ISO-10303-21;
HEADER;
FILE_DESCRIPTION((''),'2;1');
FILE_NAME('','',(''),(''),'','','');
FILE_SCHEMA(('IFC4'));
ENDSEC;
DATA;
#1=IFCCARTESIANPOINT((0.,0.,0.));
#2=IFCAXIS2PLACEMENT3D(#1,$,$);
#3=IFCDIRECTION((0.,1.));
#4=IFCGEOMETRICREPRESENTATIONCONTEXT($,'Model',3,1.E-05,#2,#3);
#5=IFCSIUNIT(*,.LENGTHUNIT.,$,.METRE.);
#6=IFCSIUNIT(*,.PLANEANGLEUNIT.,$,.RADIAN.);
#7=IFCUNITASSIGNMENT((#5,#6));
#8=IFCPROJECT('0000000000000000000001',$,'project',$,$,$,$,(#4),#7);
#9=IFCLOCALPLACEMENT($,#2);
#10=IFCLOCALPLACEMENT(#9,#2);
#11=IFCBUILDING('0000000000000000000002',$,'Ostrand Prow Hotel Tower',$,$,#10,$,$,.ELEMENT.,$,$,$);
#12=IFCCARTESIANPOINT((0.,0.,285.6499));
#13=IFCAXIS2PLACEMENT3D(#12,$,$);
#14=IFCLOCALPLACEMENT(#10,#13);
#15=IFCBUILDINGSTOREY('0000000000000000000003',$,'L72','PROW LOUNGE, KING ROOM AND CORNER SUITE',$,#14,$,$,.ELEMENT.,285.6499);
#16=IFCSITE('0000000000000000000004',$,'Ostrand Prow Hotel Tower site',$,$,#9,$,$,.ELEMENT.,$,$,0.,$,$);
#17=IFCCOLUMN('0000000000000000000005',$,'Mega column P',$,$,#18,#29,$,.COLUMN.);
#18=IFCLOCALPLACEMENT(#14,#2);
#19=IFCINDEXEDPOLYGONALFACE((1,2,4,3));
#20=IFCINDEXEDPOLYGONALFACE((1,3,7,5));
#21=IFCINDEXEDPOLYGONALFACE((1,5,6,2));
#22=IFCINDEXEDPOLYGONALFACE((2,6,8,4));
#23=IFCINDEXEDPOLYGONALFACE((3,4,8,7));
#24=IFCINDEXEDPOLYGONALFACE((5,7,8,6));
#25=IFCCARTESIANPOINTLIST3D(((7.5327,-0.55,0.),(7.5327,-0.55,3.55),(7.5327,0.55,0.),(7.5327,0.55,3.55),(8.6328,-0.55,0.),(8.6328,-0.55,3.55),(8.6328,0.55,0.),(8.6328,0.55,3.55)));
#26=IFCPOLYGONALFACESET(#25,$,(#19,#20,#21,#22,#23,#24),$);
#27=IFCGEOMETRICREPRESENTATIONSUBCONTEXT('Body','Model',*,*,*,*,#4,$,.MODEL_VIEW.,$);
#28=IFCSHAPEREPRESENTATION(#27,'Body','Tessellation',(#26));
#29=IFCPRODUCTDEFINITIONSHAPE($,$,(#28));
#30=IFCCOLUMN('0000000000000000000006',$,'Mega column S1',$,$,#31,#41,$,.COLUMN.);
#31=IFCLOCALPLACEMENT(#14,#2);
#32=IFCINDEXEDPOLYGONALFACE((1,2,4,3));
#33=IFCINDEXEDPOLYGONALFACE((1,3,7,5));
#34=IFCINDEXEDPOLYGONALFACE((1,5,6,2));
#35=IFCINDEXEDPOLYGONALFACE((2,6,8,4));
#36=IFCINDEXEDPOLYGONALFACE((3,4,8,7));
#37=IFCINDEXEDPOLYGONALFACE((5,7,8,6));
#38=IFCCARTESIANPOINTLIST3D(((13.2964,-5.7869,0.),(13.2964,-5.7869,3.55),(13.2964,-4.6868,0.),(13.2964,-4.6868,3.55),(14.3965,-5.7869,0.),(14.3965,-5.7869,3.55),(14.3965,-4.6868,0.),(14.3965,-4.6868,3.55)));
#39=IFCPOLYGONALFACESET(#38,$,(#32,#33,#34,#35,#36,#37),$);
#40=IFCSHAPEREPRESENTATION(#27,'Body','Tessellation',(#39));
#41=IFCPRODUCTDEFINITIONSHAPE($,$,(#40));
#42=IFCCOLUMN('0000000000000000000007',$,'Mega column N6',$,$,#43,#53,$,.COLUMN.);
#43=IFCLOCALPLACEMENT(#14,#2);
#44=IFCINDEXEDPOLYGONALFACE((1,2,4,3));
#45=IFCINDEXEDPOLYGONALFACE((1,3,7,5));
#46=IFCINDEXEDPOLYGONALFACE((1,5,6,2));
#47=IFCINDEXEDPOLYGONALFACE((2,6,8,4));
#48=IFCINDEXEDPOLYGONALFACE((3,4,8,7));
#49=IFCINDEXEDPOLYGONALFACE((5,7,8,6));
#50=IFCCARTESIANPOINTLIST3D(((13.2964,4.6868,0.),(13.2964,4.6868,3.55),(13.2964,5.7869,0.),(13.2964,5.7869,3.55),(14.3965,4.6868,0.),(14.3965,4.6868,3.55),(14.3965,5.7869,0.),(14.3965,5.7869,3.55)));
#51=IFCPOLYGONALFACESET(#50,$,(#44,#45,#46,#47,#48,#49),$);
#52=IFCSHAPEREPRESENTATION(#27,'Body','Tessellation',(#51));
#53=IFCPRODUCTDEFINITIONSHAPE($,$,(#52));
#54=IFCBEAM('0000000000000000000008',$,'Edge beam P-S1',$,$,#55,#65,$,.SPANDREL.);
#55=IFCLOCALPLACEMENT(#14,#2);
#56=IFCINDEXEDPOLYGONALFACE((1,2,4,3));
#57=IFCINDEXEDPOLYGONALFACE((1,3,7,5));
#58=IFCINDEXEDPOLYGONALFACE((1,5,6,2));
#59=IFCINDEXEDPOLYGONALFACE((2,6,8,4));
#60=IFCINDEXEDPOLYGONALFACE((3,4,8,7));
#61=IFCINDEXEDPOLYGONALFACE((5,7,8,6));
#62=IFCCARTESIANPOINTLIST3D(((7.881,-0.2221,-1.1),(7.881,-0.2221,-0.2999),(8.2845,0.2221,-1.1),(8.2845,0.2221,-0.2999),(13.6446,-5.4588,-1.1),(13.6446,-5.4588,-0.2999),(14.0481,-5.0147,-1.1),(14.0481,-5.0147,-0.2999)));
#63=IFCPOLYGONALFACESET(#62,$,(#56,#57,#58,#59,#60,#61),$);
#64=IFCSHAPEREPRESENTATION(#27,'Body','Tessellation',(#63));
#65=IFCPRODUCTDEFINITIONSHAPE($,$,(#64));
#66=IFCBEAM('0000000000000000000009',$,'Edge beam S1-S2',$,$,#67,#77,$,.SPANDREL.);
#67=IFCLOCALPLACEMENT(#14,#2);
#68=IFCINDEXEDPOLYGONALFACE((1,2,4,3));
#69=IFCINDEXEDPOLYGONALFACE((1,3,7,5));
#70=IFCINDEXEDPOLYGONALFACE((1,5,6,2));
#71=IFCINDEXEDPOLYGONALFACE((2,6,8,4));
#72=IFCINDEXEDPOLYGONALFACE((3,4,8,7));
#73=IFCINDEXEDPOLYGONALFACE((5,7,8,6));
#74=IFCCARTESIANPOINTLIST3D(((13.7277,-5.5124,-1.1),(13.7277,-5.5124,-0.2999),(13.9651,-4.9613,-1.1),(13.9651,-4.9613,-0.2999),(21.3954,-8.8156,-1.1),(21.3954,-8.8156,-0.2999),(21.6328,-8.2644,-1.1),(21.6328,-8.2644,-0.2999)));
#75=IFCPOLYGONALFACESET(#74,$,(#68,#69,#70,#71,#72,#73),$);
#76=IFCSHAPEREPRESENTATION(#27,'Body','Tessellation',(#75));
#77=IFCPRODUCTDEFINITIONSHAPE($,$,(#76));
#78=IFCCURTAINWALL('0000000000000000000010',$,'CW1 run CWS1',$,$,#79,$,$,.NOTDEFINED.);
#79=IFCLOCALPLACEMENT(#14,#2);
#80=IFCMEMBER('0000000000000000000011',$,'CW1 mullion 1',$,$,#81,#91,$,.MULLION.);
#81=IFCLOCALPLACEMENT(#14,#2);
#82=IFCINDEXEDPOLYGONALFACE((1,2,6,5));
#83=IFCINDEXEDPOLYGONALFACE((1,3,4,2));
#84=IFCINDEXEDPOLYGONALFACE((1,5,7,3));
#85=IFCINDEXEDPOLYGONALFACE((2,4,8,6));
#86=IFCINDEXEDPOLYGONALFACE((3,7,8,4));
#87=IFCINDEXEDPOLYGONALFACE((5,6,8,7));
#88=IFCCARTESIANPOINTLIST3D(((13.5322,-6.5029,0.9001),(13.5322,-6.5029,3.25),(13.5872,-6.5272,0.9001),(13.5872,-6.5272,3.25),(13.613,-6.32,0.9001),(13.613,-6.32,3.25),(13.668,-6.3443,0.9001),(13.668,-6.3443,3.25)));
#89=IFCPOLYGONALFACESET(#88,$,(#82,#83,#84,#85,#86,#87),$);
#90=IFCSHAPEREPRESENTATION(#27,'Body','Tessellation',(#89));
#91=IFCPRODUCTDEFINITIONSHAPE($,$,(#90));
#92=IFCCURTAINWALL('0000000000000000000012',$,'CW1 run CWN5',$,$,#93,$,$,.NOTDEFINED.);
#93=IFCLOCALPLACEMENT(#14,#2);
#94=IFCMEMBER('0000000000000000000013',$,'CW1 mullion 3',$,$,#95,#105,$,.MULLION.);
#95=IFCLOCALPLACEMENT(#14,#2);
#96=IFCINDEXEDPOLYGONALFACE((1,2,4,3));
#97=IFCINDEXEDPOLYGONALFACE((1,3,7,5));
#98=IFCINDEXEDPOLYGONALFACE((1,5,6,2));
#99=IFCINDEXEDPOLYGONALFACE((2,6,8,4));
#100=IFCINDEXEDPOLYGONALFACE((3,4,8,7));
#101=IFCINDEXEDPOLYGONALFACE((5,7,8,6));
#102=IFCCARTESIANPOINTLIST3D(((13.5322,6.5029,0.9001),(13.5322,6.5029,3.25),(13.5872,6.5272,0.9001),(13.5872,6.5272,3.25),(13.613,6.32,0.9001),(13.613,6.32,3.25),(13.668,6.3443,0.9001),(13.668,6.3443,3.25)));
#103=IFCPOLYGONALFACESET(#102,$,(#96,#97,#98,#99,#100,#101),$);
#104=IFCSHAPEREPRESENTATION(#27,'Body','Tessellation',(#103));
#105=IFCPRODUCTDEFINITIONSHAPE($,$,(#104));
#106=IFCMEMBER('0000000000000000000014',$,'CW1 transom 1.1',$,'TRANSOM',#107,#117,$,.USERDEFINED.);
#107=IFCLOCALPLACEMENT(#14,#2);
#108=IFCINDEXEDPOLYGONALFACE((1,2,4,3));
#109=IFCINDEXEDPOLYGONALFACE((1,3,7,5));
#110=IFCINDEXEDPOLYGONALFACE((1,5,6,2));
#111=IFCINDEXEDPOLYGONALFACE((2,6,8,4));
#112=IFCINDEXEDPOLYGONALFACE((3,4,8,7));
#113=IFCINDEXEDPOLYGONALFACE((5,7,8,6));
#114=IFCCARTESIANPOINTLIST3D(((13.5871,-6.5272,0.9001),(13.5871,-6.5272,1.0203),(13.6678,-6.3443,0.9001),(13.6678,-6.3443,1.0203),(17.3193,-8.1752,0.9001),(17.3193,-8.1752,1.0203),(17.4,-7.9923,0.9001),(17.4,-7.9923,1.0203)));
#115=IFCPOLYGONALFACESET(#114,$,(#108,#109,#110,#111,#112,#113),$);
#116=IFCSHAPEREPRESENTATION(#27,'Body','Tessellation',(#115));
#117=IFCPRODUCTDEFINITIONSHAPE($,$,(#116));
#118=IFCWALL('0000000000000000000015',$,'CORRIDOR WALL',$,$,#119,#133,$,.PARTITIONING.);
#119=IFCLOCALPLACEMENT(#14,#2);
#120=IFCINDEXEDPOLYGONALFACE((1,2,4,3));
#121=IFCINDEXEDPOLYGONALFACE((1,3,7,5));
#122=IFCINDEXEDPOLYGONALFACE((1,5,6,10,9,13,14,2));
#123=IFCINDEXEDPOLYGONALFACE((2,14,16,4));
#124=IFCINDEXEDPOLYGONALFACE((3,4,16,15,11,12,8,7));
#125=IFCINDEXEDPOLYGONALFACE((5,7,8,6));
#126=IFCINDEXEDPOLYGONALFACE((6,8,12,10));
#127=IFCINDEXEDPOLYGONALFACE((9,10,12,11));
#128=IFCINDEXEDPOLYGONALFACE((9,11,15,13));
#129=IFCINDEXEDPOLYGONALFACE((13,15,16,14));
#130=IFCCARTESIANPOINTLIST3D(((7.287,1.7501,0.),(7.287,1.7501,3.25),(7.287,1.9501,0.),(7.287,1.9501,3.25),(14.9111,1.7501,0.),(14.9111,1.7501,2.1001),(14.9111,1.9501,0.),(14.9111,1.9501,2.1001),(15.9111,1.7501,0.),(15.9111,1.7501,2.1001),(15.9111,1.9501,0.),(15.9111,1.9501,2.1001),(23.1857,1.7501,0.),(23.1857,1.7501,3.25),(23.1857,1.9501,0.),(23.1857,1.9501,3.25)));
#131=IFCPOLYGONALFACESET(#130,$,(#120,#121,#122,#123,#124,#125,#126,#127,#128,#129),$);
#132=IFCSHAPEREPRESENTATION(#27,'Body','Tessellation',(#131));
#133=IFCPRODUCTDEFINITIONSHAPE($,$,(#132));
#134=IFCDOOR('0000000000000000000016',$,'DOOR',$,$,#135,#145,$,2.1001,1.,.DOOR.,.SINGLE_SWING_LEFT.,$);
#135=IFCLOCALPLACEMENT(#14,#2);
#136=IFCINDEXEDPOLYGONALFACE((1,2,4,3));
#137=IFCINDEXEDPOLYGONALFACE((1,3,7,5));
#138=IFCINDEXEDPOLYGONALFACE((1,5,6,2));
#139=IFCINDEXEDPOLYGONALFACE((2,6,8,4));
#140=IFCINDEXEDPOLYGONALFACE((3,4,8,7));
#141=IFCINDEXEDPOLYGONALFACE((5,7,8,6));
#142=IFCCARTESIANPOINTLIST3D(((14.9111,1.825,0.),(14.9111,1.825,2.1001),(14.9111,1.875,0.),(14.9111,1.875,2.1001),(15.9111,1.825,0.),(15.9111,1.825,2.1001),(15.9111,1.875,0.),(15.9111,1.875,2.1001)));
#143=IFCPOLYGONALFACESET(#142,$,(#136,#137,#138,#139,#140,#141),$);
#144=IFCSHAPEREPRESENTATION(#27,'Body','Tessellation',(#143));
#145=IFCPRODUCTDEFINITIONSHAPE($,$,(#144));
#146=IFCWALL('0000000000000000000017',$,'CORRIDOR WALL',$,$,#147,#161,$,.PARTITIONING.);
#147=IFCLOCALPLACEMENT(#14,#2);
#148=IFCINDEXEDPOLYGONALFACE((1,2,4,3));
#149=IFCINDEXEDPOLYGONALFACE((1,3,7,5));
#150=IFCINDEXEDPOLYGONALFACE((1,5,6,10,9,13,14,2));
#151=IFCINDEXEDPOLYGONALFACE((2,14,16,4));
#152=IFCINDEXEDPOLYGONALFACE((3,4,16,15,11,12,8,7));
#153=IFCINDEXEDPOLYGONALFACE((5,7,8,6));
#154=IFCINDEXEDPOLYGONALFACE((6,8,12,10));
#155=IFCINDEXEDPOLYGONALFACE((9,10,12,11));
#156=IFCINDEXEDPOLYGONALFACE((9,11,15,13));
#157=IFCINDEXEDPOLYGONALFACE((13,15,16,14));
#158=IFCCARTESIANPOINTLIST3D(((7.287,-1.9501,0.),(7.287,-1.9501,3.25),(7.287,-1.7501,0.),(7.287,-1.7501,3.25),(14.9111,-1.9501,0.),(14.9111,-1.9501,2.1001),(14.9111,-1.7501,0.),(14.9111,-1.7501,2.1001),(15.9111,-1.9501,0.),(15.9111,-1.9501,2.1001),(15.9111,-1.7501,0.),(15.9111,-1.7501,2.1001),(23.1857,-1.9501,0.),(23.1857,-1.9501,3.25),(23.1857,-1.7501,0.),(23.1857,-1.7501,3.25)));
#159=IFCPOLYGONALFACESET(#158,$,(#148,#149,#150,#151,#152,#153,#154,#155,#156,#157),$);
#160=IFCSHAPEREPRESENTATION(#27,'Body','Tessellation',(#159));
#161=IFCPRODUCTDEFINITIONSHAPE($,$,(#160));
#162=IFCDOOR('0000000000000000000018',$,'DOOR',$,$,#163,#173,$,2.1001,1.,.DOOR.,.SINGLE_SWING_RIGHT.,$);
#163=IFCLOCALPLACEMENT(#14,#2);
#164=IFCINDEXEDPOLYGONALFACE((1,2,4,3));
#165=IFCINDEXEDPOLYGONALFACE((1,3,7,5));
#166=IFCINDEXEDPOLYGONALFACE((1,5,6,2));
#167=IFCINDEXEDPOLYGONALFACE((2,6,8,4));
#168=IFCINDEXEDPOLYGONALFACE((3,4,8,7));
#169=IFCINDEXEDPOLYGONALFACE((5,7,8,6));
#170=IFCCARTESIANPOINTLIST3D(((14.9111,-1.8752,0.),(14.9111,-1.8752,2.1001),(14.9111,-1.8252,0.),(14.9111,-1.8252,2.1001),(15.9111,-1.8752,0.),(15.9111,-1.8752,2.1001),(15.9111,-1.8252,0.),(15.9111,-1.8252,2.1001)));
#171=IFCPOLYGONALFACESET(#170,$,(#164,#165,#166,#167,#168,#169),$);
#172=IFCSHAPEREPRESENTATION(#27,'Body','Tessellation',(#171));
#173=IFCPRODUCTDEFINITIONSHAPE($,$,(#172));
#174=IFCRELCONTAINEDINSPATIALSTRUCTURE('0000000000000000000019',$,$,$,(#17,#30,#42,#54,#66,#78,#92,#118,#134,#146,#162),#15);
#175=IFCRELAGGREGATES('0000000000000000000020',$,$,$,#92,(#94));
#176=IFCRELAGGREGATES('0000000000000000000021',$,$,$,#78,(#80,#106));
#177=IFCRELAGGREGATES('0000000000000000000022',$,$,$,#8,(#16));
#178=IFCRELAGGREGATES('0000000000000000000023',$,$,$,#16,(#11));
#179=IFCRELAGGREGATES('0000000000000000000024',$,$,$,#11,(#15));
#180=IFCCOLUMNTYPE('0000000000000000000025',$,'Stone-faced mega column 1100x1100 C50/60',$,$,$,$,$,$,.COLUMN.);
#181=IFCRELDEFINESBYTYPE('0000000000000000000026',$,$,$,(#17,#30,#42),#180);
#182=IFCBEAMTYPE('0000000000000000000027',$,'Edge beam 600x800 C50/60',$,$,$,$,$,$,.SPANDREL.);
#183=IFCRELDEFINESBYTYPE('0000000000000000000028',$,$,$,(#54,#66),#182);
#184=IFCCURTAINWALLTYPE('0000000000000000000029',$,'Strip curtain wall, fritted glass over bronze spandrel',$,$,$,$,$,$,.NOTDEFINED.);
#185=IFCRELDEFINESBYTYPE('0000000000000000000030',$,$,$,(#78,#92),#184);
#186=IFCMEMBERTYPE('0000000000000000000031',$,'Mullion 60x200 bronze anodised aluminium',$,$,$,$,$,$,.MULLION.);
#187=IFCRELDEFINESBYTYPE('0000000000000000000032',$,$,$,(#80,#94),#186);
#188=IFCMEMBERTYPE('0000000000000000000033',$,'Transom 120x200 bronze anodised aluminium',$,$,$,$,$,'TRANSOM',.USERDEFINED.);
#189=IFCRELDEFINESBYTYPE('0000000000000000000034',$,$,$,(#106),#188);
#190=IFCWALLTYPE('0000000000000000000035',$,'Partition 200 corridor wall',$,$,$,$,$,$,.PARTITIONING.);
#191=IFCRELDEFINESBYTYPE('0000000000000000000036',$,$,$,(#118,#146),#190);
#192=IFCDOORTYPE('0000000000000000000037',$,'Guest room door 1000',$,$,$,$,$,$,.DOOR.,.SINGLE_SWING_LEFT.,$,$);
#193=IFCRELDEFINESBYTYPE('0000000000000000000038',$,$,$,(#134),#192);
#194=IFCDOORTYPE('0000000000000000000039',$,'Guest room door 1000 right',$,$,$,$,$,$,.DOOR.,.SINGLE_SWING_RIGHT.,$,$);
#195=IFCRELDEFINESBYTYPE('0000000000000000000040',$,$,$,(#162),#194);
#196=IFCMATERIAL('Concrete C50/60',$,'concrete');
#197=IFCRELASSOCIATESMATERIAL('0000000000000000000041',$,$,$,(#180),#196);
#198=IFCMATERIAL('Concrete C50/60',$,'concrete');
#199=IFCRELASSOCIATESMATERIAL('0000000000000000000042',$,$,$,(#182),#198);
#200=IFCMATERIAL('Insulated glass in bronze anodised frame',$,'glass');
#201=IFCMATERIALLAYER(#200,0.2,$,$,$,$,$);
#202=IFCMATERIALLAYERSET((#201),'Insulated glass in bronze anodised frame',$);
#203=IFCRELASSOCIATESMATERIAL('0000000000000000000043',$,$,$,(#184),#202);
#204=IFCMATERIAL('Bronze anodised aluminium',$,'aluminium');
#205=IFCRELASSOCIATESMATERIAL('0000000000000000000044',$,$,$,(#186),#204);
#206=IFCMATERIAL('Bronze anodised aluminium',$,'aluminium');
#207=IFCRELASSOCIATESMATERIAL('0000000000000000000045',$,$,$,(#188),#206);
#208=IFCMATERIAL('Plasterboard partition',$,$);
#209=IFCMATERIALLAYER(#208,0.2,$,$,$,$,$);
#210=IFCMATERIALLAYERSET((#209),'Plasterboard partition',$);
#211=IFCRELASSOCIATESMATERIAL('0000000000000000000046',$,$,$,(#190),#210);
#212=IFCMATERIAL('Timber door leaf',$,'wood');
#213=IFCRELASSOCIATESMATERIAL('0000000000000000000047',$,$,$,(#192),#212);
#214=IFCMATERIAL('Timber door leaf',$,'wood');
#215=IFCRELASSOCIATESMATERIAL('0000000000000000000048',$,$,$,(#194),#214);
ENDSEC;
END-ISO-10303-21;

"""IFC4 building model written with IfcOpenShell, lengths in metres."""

from ifc_helpers import new_model, si_unit, direction, frame, frame_2d, origin, origin_2d, place, context, subcontext, project, spatial, rectangle, extrude, material, layer, layer_set, material_profile, profile_set, type_object, element, fill, aggregate, save


model = new_model("IFC4")

# Units and contexts
model_context = context("Model", 3, precision=1e-05, world=origin(), true_north=direction((0.0, 1.0)))
body_context = subcontext(model_context, "Body", "Model", "MODEL_VIEW")
ifc_project = project(units=[si_unit("LENGTHUNIT", "METRE"), si_unit("PLANEANGLEUNIT", "RADIAN")], contexts=[model_context])

# Site, building, storey
site_placement = place(None, origin())
site = spatial("IfcSite", under=ifc_project, at=site_placement, Name="Ostrand Prow Hotel Tower site", CompositionType="ELEMENT", RefElevation=0.0)
building_placement = place(site_placement, origin())
building = spatial("IfcBuilding", under=site, at=building_placement, Name="Ostrand Prow Hotel Tower", CompositionType="ELEMENT")
storey_placement = place(building_placement, frame((0.0, 0.0, 285.6499)))
storey = spatial("IfcBuildingStorey", under=building, at=storey_placement, Name="L72", Description="PROW LOUNGE, KING ROOM AND CORNER SUITE", CompositionType="ELEMENT", Elevation=285.6499)

# Columns
ifc_material_1 = material(Name="Concrete C50/60", Category="concrete")
ifc_material_profile_1 = material_profile(ifc_material_1, rectangle(XDim=1.1001, YDim=1.1001, at=origin_2d()), Name="RC 1100x1100")
ifc_profile_set_1 = profile_set([ifc_material_profile_1], Name="Concrete C50/60")
column_type = type_object("IfcColumnType", Name="Stone-faced mega column 1100x1100 C50/60", PredefinedType="COLUMN", material=ifc_profile_set_1)
for number, where, z_axis, x_axis, name in (
    (1, (8.0828, 0.0, 0.0), (0.0, 0.0, 1.0), (1.0, 0.0, 0.0), "Mega column P"),
    (2, (13.8464, -5.2368, 0.0), (0.0, 0.0, 1.0), (1.0, 0.0, 0.0), "Mega column S1"),
    (3, (13.8464, 5.2368, 0.0), (0.0, 0.0, 1.0), (1.0, 0.0, 0.0), "Mega column N6"),
):
    element("IfcColumn", number, at=place(storey_placement, frame(where, z_axis=z_axis, x_axis=x_axis)), inside=storey, type_object=column_type, Name=name, PredefinedType="COLUMN", context=body_context, shape_type="SweptSolid", body=[
        extrude(rectangle(XDim=1.1001, YDim=1.1001, at=origin_2d()), origin(), (0.0, 0.0, 1.0), 3.55),
    ])

# Beams
ifc_material_2 = material(Name="Concrete C50/60", Category="concrete")
ifc_material_profile_2 = material_profile(ifc_material_2, rectangle(XDim=0.6001, YDim=0.8, at=origin_2d()), Name="RC 600x800")
ifc_profile_set_2 = profile_set([ifc_material_profile_2], Name="Concrete C50/60")
beam_type = type_object("IfcBeamType", Name="Edge beam 600x800 C50/60", PredefinedType="SPANDREL", material=ifc_profile_set_2)
beam_1_placement = place(storey_placement, frame((8.0828, 0.0, -0.7), z_axis=(0.740124, -0.67247, 0.0), x_axis=(0.67247, 0.740124, 0.0)))
element("IfcBeam", 4, at=beam_1_placement, inside=storey, type_object=beam_type, Name="Edge beam P-S1", PredefinedType="SPANDREL", context=body_context, shape_type="SweptSolid", body=[
    extrude(rectangle(XDim=0.6001, YDim=0.8, at=origin_2d()), origin(), (0.0, 0.0, 1.0), 7.7874),
])
beam_2_placement = place(storey_placement, frame((13.8464, -5.2368, -0.7), z_axis=(0.918404, -0.395644, 0.0), x_axis=(0.395644, 0.918404, 0.0)))
element("IfcBeam", 5, at=beam_2_placement, inside=storey, type_object=beam_type, Name="Edge beam S1-S2", PredefinedType="SPANDREL", context=body_context, shape_type="SweptSolid", body=[
    extrude(rectangle(XDim=0.6001, YDim=0.8, at=origin_2d()), origin(), (0.0, 0.0, 1.0), 8.3489),
])

# Curtain walls, members
ifc_material_3 = material(Name="Insulated glass in bronze anodised frame", Category="glass")
ifc_layer_1 = layer(ifc_material_3, 0.2)
ifc_layer_set_1 = layer_set([ifc_layer_1], Name="Insulated glass in bronze anodised frame")
curtain_wall_type = type_object("IfcCurtainWallType", Name="Strip curtain wall, fritted glass over bronze spandrel", PredefinedType="NOTDEFINED", material=ifc_layer_set_1)
curtain_wall_1_placement = place(storey_placement, origin())
curtain_wall_1 = element("IfcCurtainWall", 6, at=curtain_wall_1_placement, inside=storey, type_object=curtain_wall_type, Name="CW1 run CWS1", PredefinedType="NOTDEFINED")
ifc_material_4 = material(Name="Bronze anodised aluminium", Category="aluminium")
ifc_material_profile_3 = material_profile(ifc_material_4, rectangle(XDim=0.2, YDim=0.0601, at=origin_2d()), Name="Mullion 60x200 bronze anodised aluminium")
ifc_profile_set_3 = profile_set([ifc_material_profile_3], Name="Bronze anodised aluminium")
member_type_1 = type_object("IfcMemberType", Name="Mullion 60x200 bronze anodised aluminium", PredefinedType="MULLION", material=ifc_profile_set_3)
member_1_placement = place(storey_placement, frame((13.6001, -6.4236, 0.9001), z_axis=(0.0, 0.0, 1.0), x_axis=(0.40394, 0.914786, 0.0)))
member_1 = element("IfcMember", 7, at=member_1_placement, type_object=member_type_1, Name="CW1 mullion 1", PredefinedType="MULLION", context=body_context, shape_type="SweptSolid", body=[
    extrude(rectangle(XDim=0.2, YDim=0.0601, at=origin_2d()), origin(), (0.0, 0.0, 1.0), 2.3499),
])
curtain_wall_2_placement = place(storey_placement, origin())
curtain_wall_2 = element("IfcCurtainWall", 8, at=curtain_wall_2_placement, inside=storey, type_object=curtain_wall_type, Name="CW1 run CWN5", PredefinedType="NOTDEFINED")
member_2_placement = place(storey_placement, frame((13.6001, 6.4236, 0.9001), z_axis=(0.0, 0.0, 1.0), x_axis=(0.40394, -0.914786, 0.0)))
member_2 = element("IfcMember", 9, at=member_2_placement, type_object=member_type_1, Name="CW1 mullion 3", PredefinedType="MULLION", context=body_context, shape_type="SweptSolid", body=[
    extrude(rectangle(XDim=0.2, YDim=0.0601, at=origin_2d()), origin(), (0.0, 0.0, 1.0), 2.3499),
])
aggregate(curtain_wall_2, [member_2])

# Member
ifc_material_5 = material(Name="Bronze anodised aluminium", Category="aluminium")
ifc_material_profile_4 = material_profile(ifc_material_5, rectangle(XDim=0.2, YDim=0.1201, at=origin_2d()), Name="Transom 120x200 bronze anodised aluminium")
ifc_profile_set_4 = profile_set([ifc_material_profile_4], Name="Bronze anodised aluminium")
member_type_2 = type_object("IfcMemberType", Name="Transom 120x200 bronze anodised aluminium", ElementType="TRANSOM", PredefinedType="USERDEFINED", material=ifc_profile_set_4)
member_3_placement = place(storey_placement, frame((13.6274, -6.4358, 0.9602), z_axis=(0.914791, -0.403927, 0.0), x_axis=(0.403927, 0.914791, 0.0)))
member_3 = element("IfcMember", 10, at=member_3_placement, type_object=member_type_2, Name="CW1 transom 1.1", ObjectType="TRANSOM", PredefinedType="USERDEFINED", context=body_context, shape_type="SweptSolid", body=[
    extrude(rectangle(XDim=0.2, YDim=0.1201, at=origin_2d()), origin(), (0.0, 0.0, 1.0), 4.0798),
])
aggregate(curtain_wall_1, [member_1, member_3])

# Walls, openings, doors
ifc_material_6 = material(Name="Plasterboard partition")
ifc_layer_2 = layer(ifc_material_6, 0.2)
ifc_layer_set_2 = layer_set([ifc_layer_2], Name="Plasterboard partition")
wall_type_1 = type_object("IfcWallType", Name="Partition 200 corridor wall", PredefinedType="PARTITIONING", material=ifc_layer_set_2)
wall_1_placement = place(storey_placement, frame((7.2871, 1.8501, 0.0), z_axis=(0.0, 0.0, 1.0), x_axis=(1.0, 0.0, 0.0)))
wall_1 = element("IfcWall", 11, at=wall_1_placement, inside=storey, type_object=wall_type_1, Name="CORRIDOR WALL", PredefinedType="PARTITIONING", context=body_context, shape_type="SweptSolid", body=[
    extrude(rectangle(XDim=15.8987, YDim=0.2, at=frame_2d((7.9492, 0.0))), origin(), (0.0, 0.0, 1.0), 3.25),
])
opening_1_placement = place(wall_1_placement, frame((7.624, 0.0, 0.0)))
opening_1 = element("IfcOpeningElement", 12, at=opening_1_placement, cuts=wall_1, PredefinedType="OPENING", context=body_context, shape_type="SweptSolid", body=[
    extrude(rectangle(XDim=1.0, YDim=2.1001, at=frame_2d((0.5, 1.05))), frame((0.0, 0.1099, 0.0), z_axis=(0.0, -1.0, 0.0), x_axis=(1.0, 0.0, 0.0)), (0.0, 0.0, 1.0), 0.22),
])
ifc_material_7 = material(Name="Timber door leaf", Category="wood")
door_type_1 = type_object("IfcDoorType", Name="Guest room door 1000", OperationType="SINGLE_SWING_LEFT", PredefinedType="DOOR", material=ifc_material_7)
door_1_placement = place(opening_1_placement, origin())
door_1 = element("IfcDoor", 13, at=door_1_placement, inside=storey, type_object=door_type_1, Name="DOOR", OperationType="SINGLE_SWING_LEFT", OverallHeight=2.1001, OverallWidth=1.0, PredefinedType="DOOR", context=body_context, shape_type="SweptSolid", body=[
    extrude(rectangle(XDim=1.0, YDim=2.1001, at=frame_2d((0.5, 1.05))), frame((0.0, 0.0249, 0.0), z_axis=(0.0, -1.0, 0.0), x_axis=(1.0, 0.0, 0.0)), (0.0, 0.0, 1.0), 0.05),
])
fill(opening_1, door_1)
wall_2_placement = place(storey_placement, frame((7.2871, -1.8501, 0.0), z_axis=(0.0, 0.0, 1.0), x_axis=(1.0, 0.0, 0.0)))
wall_2 = element("IfcWall", 14, at=wall_2_placement, inside=storey, type_object=wall_type_1, Name="CORRIDOR WALL", PredefinedType="PARTITIONING", context=body_context, shape_type="SweptSolid", body=[
    extrude(rectangle(XDim=15.8987, YDim=0.2, at=frame_2d((7.9492, 0.0))), origin(), (0.0, 0.0, 1.0), 3.25),
])
opening_2_placement = place(wall_2_placement, frame((7.624, 0.0, 0.0)))
opening_2 = element("IfcOpeningElement", 15, at=opening_2_placement, cuts=wall_2, PredefinedType="OPENING", context=body_context, shape_type="SweptSolid", body=[
    extrude(rectangle(XDim=1.0, YDim=2.1001, at=frame_2d((0.5, 1.05))), frame((0.0, 0.1099, 0.0), z_axis=(0.0, -1.0, 0.0), x_axis=(1.0, 0.0, 0.0)), (0.0, 0.0, 1.0), 0.22),
])
ifc_material_8 = material(Name="Timber door leaf", Category="wood")
door_type_2 = type_object("IfcDoorType", Name="Guest room door 1000 right", OperationType="SINGLE_SWING_RIGHT", PredefinedType="DOOR", material=ifc_material_8)
door_2_placement = place(opening_2_placement, origin())
door_2 = element("IfcDoor", 16, at=door_2_placement, inside=storey, type_object=door_type_2, Name="DOOR", OperationType="SINGLE_SWING_RIGHT", OverallHeight=2.1001, OverallWidth=1.0, PredefinedType="DOOR", context=body_context, shape_type="SweptSolid", body=[
    extrude(rectangle(XDim=1.0, YDim=2.1001, at=frame_2d((0.5, 1.05))), frame((0.0, 0.0249, 0.0), z_axis=(0.0, -1.0, 0.0), x_axis=(1.0, 0.0, 0.0)), (0.0, 0.0, 1.0), 0.05),
])
fill(opening_2, door_2)

save(model, "model.ifc")
